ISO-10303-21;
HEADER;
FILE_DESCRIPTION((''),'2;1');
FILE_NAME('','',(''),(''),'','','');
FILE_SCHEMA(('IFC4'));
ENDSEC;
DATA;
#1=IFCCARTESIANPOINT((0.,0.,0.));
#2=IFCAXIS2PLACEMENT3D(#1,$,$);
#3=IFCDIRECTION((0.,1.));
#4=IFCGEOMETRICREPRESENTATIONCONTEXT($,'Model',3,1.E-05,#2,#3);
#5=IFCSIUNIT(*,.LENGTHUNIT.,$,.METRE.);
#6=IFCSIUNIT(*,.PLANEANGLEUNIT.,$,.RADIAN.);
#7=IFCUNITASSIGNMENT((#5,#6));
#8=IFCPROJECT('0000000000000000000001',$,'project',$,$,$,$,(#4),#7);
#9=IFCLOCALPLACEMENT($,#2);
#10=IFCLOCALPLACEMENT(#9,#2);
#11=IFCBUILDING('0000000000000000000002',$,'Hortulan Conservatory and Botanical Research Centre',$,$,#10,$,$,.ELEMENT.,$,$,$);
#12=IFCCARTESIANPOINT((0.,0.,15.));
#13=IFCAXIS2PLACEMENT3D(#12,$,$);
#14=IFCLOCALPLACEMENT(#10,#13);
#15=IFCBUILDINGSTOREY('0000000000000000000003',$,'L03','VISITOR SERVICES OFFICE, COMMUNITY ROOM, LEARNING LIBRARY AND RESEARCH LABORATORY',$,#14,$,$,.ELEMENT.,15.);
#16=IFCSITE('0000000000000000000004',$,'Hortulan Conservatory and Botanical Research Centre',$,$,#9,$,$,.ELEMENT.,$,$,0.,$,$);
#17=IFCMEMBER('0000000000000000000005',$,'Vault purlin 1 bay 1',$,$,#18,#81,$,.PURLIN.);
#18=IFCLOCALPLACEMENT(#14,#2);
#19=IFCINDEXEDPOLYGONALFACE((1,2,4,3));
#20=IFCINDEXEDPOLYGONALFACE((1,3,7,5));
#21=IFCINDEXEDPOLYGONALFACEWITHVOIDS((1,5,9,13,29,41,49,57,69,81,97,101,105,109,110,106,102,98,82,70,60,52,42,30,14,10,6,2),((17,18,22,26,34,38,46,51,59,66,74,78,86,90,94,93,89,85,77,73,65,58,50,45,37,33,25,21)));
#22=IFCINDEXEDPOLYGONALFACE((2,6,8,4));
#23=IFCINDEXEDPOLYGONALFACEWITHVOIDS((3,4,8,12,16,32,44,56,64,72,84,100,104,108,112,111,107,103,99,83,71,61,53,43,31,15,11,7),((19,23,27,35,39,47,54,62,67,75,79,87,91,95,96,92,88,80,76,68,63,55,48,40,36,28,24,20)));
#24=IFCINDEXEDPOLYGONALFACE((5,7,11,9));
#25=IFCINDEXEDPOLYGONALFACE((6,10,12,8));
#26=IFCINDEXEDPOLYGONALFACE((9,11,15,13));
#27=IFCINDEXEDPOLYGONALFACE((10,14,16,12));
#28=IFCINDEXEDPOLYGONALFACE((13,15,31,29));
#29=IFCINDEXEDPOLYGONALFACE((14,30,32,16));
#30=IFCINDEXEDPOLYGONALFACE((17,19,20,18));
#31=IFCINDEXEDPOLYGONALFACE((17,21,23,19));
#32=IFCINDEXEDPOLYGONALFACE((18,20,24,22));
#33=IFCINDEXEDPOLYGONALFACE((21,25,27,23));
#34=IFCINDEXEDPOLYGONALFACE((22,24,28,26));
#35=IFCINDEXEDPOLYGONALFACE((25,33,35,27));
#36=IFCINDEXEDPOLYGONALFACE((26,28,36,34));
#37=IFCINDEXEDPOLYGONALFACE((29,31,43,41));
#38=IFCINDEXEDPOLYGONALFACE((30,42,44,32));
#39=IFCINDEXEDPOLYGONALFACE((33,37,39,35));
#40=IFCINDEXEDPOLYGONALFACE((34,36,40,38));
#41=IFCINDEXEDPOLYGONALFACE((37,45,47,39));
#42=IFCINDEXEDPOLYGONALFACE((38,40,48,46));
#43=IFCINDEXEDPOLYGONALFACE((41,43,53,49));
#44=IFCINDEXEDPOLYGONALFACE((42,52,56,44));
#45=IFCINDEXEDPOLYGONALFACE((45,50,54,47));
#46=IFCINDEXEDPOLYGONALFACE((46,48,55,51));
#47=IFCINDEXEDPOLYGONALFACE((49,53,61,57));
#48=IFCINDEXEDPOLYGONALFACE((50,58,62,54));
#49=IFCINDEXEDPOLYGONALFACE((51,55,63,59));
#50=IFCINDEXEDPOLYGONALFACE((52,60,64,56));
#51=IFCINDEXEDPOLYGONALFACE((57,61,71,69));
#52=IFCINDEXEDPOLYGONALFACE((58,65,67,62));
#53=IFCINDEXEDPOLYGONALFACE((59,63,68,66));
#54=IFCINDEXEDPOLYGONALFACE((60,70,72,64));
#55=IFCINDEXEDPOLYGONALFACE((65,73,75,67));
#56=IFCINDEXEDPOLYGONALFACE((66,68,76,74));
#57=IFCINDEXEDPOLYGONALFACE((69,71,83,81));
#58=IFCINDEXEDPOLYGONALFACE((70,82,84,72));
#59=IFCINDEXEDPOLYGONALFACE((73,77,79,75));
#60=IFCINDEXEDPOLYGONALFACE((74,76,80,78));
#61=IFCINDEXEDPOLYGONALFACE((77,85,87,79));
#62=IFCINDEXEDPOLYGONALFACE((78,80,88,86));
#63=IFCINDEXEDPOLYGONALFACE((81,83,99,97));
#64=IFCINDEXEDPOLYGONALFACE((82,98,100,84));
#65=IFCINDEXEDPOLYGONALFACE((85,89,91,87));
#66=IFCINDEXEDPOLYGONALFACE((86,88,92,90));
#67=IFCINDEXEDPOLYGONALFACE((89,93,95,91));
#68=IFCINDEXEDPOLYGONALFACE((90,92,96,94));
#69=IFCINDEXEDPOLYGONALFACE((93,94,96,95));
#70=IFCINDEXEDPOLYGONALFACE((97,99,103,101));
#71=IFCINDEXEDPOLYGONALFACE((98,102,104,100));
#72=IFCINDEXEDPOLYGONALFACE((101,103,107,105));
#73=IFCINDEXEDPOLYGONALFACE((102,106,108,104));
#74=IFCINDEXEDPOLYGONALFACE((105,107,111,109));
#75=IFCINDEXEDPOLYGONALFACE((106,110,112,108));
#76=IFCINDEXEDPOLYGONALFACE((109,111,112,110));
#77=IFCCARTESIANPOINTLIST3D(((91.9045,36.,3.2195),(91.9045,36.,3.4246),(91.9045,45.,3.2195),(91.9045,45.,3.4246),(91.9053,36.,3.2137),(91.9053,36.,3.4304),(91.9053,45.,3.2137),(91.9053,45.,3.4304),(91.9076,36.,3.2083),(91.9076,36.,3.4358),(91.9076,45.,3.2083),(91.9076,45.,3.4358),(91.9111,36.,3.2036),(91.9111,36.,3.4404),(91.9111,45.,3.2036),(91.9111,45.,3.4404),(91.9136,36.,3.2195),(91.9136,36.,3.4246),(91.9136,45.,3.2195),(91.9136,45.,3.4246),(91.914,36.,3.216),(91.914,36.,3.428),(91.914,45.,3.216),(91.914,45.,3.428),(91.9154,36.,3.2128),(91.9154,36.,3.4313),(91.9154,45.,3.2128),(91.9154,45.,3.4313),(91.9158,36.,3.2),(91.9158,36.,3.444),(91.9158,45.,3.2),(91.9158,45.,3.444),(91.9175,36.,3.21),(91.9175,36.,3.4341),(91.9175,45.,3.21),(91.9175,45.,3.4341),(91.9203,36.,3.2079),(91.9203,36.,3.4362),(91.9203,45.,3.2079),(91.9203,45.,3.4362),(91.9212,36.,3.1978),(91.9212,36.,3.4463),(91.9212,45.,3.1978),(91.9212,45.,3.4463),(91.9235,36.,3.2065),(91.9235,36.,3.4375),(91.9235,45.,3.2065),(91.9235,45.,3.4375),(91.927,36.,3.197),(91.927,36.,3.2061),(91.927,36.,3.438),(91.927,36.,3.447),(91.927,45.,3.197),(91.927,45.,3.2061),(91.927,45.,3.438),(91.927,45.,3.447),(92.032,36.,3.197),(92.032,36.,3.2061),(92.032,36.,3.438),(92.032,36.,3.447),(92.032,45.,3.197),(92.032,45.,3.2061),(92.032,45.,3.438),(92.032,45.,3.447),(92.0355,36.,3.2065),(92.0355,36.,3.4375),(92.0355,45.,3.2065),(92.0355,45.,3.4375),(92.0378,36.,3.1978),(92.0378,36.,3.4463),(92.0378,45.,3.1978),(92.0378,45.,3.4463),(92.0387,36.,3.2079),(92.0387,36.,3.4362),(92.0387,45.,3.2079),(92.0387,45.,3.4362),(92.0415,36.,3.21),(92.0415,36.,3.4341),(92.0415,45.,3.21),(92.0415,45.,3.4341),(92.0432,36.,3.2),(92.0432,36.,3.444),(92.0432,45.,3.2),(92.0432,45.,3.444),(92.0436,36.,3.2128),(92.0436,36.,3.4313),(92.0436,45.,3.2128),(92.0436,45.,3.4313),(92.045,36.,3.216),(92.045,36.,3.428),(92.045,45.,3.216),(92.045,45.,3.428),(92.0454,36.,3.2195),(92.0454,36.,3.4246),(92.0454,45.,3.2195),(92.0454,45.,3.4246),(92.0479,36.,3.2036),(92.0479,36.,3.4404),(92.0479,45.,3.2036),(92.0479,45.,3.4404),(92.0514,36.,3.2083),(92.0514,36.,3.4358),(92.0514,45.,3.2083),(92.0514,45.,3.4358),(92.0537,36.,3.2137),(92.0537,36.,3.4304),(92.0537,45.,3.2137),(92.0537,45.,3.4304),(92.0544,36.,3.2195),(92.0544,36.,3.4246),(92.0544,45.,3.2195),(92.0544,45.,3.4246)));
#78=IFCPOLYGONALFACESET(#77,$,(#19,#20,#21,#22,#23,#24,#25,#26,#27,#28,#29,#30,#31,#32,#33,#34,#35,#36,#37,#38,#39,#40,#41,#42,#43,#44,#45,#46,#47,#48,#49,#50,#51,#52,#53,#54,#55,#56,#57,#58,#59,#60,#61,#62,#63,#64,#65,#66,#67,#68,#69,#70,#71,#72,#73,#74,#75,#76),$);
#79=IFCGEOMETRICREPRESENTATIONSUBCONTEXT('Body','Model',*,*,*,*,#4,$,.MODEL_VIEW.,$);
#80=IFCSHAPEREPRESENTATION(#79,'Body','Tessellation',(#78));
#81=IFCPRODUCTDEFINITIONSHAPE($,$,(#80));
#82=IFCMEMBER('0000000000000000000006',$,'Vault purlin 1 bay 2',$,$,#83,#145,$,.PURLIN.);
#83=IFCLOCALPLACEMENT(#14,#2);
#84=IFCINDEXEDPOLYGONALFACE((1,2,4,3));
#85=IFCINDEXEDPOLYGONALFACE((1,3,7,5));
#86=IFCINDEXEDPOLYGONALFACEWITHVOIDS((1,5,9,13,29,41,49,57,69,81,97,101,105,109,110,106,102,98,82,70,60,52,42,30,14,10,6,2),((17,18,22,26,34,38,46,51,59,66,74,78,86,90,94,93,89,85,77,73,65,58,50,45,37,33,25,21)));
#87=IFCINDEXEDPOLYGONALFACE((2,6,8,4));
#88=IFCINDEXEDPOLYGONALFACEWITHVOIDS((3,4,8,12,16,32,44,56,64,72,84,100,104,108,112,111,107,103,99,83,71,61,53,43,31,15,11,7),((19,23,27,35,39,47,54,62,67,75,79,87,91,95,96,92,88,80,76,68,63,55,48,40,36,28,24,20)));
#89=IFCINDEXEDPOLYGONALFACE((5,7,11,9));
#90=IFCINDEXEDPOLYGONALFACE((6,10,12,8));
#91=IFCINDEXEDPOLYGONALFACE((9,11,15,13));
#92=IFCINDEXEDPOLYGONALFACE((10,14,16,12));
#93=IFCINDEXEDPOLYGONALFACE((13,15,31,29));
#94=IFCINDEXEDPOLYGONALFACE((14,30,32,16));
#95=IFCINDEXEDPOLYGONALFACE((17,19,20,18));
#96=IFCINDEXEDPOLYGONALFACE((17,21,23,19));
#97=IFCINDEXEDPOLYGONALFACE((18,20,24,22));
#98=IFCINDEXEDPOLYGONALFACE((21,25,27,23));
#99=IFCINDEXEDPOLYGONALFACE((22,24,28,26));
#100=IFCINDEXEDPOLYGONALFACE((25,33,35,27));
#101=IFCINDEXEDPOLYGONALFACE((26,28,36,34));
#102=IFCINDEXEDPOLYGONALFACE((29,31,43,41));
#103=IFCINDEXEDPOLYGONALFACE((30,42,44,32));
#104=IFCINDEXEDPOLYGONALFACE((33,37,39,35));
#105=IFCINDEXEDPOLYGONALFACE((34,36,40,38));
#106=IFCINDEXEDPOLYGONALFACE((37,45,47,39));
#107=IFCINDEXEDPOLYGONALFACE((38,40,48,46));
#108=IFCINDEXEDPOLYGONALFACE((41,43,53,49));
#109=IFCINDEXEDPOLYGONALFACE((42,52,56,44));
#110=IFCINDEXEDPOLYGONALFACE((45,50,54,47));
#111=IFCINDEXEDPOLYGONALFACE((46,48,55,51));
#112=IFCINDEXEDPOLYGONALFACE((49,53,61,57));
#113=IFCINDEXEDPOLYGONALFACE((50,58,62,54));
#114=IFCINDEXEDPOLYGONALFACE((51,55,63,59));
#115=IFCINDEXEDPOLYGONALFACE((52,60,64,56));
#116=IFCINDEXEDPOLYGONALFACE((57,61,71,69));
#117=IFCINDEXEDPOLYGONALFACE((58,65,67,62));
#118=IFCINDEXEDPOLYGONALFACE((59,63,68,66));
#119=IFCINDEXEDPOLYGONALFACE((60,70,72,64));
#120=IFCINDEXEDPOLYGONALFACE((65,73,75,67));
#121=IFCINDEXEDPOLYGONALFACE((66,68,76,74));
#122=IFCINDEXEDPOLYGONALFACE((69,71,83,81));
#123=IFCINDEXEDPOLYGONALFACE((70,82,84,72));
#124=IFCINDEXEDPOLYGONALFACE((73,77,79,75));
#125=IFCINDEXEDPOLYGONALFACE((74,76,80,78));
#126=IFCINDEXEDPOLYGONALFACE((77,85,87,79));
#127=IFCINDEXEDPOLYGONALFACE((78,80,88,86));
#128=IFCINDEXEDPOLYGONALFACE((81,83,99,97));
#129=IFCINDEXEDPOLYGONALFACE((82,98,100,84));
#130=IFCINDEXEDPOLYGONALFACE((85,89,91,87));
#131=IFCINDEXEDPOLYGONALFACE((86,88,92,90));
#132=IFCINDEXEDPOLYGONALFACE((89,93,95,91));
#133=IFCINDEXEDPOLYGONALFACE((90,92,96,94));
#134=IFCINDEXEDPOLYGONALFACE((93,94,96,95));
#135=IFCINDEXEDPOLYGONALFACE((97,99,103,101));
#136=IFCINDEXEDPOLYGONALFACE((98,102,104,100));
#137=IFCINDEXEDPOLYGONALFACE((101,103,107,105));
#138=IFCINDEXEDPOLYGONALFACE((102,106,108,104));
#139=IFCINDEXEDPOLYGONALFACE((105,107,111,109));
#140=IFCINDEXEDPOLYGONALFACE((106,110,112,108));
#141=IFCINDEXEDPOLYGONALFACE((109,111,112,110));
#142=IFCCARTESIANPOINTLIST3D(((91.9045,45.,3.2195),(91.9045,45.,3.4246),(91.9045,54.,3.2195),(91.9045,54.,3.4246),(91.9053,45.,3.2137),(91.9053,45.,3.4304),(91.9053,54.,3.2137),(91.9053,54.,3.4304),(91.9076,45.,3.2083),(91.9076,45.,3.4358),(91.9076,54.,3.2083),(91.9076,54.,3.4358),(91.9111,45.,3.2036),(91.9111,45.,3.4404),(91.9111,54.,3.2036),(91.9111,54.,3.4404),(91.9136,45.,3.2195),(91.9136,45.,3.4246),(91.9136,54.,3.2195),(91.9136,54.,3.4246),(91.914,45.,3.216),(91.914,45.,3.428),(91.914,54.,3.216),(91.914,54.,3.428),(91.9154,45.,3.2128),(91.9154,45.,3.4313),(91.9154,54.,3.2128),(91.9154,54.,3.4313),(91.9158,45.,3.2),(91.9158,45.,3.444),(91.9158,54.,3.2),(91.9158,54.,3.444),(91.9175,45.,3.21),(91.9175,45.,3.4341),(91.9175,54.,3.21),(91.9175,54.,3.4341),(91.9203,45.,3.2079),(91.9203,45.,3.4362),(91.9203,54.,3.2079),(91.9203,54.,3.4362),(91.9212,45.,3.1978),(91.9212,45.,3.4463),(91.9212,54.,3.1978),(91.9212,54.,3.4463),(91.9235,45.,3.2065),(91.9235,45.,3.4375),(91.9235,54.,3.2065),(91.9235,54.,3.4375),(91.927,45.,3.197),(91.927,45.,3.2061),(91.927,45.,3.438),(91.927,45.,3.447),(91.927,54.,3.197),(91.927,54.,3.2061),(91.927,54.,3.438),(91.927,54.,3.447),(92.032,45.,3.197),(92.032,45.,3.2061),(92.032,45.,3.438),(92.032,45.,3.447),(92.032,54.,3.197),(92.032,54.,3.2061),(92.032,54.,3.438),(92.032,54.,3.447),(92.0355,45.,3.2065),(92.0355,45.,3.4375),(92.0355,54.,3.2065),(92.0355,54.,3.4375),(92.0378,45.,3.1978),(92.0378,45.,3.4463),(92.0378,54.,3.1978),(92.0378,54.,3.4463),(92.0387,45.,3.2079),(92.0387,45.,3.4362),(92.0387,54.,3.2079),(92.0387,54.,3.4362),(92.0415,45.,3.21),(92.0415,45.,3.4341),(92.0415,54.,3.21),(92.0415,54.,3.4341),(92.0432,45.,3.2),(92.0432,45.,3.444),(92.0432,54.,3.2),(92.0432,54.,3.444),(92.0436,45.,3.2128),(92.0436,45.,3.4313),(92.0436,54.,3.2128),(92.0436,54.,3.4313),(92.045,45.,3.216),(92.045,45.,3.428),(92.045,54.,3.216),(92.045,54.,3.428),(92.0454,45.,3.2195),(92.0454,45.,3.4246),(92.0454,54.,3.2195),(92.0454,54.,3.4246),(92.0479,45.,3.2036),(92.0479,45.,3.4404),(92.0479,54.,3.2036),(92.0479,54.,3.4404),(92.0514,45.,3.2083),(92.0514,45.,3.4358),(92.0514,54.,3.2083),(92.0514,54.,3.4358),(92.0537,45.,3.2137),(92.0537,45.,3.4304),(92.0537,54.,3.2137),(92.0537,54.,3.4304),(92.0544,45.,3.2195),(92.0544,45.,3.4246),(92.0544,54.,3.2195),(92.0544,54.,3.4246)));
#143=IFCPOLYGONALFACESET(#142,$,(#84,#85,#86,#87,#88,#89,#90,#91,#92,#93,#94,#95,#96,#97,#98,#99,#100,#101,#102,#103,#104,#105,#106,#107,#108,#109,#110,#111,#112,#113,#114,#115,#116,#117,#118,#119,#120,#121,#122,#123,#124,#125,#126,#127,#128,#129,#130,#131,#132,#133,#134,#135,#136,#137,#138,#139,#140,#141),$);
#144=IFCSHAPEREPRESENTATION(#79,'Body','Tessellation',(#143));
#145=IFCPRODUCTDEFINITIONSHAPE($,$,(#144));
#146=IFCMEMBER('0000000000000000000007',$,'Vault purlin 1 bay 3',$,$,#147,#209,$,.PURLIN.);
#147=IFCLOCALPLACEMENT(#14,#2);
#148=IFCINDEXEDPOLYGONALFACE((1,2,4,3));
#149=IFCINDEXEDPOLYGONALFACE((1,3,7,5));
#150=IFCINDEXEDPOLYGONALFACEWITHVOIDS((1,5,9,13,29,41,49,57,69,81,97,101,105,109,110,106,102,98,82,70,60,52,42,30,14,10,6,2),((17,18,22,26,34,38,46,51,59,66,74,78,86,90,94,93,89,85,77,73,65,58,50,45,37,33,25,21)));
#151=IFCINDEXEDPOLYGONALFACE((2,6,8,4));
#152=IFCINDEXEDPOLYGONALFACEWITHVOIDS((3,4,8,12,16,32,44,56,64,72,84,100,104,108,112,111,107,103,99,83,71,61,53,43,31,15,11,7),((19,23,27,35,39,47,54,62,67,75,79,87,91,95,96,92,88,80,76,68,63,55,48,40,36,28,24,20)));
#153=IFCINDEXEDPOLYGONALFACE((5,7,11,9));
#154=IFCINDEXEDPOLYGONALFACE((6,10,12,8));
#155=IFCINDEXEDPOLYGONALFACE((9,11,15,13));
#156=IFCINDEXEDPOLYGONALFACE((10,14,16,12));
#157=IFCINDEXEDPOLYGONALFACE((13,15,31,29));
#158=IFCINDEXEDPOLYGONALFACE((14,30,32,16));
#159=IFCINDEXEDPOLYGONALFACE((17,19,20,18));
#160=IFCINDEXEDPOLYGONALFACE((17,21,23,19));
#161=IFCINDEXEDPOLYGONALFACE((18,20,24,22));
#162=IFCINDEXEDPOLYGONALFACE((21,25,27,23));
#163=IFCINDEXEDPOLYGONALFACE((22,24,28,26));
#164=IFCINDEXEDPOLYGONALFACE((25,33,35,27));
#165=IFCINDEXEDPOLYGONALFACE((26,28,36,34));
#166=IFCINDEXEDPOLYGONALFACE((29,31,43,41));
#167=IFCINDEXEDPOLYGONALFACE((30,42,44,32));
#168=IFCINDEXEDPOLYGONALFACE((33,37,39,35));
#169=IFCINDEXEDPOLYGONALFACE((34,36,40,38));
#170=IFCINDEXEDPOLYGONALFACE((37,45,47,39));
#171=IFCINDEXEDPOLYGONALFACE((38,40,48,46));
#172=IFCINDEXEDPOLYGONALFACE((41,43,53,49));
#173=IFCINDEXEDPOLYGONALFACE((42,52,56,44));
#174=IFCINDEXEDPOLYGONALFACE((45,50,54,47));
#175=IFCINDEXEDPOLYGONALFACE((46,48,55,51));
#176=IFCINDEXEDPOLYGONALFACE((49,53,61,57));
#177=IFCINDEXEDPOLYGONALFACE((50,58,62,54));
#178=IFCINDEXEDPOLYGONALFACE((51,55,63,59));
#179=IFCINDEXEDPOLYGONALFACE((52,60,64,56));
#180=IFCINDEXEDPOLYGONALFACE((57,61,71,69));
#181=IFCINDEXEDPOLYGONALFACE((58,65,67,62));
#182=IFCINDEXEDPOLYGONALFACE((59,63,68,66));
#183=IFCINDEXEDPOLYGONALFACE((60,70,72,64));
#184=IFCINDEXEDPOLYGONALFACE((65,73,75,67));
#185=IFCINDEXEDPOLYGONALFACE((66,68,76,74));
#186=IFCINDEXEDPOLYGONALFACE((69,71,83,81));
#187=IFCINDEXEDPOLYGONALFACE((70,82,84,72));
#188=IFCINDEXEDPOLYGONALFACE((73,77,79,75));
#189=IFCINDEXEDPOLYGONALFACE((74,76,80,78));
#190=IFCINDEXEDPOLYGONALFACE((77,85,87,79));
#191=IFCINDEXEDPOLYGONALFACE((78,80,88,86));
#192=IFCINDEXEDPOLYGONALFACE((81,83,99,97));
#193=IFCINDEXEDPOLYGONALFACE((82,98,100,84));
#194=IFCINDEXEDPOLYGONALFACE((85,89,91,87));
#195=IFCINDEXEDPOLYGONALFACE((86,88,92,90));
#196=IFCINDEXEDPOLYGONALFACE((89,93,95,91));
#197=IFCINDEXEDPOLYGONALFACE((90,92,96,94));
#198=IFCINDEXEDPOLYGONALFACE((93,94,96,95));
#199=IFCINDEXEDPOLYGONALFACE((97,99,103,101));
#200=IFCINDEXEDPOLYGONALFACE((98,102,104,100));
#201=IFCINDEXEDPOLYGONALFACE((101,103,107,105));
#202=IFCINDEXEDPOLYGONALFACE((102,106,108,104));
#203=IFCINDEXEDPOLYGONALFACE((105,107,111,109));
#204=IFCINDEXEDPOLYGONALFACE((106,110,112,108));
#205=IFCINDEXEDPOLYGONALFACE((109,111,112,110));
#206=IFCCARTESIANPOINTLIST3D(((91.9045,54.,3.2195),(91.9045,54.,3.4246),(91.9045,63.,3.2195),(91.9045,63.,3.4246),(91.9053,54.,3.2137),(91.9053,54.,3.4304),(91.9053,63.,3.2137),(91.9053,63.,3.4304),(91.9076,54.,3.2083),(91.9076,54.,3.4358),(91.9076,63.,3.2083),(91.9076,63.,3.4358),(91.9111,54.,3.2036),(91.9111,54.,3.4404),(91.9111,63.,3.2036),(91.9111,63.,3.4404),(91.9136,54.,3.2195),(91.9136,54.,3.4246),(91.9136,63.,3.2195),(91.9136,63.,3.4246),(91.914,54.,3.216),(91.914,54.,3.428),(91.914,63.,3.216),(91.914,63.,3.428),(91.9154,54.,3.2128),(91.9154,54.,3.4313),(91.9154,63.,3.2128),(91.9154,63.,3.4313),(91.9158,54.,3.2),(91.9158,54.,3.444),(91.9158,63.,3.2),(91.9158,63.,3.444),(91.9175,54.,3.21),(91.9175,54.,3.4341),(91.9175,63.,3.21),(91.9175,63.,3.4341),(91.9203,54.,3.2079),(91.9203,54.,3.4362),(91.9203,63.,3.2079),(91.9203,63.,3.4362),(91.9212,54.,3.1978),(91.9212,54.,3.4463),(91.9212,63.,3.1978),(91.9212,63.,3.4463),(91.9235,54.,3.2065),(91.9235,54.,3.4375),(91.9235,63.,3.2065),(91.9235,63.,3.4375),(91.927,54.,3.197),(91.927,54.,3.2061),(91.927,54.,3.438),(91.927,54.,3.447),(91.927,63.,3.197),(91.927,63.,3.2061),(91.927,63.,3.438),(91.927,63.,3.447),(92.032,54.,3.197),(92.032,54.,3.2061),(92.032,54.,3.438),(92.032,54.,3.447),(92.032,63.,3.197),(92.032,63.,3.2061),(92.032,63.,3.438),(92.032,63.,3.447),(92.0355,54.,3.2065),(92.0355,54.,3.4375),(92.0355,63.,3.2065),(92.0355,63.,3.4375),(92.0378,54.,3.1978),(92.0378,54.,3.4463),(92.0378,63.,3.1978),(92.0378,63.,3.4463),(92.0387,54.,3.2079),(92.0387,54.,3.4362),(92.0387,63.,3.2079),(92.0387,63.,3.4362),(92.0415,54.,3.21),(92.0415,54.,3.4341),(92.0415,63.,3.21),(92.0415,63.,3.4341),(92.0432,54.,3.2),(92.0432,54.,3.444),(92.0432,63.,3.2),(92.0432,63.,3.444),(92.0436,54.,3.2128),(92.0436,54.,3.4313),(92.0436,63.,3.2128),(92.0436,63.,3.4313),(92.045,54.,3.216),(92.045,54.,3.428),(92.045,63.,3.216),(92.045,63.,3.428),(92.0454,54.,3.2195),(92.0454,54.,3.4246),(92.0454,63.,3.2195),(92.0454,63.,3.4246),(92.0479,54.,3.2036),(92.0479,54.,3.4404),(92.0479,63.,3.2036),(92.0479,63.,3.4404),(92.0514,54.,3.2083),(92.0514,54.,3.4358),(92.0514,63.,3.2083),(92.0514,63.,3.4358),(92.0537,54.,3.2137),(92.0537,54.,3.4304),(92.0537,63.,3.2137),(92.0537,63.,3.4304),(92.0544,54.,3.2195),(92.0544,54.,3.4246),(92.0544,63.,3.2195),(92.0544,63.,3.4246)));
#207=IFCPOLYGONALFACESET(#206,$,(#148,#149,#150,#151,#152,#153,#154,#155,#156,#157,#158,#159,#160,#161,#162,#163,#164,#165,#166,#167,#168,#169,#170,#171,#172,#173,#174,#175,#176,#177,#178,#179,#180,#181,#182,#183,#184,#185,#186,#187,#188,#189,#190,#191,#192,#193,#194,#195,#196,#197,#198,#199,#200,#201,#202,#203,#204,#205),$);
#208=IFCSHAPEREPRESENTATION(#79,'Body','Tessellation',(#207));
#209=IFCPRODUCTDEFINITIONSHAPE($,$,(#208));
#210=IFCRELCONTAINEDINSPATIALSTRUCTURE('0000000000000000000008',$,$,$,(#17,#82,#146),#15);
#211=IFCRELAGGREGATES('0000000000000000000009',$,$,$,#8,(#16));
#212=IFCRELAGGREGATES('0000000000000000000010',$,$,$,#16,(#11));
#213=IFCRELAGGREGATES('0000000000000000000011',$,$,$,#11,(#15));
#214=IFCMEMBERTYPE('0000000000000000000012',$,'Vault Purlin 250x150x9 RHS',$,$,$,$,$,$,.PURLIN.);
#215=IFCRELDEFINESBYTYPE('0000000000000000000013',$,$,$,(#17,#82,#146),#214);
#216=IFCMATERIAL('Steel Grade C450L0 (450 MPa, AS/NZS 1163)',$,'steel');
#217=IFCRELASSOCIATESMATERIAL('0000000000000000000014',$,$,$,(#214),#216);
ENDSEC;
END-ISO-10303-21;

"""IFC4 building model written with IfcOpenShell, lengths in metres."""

from ifc_helpers import new_model, si_unit, direction, frame, origin, origin_2d, place, context, subcontext, project, spatial, hollow_rectangle, extrude, material, material_profile, profile_set, type_object, element, save


model = new_model("IFC4")

# Units and contexts
model_context = context("Model", 3, precision=1e-05, world=origin(), true_north=direction((0.0, 1.0)))
body_context = subcontext(model_context, "Body", "Model", "MODEL_VIEW")
ifc_project = project(units=[si_unit("LENGTHUNIT", "METRE"), si_unit("PLANEANGLEUNIT", "RADIAN")], contexts=[model_context])

# Site, building, storey
site_placement = place(None, origin())
site = spatial("IfcSite", under=ifc_project, at=site_placement, Name="Hortulan Conservatory and Botanical Research Centre", CompositionType="ELEMENT", RefElevation=0.0)
building_placement = place(site_placement, origin())
building = spatial("IfcBuilding", under=site, at=building_placement, Name="Hortulan Conservatory and Botanical Research Centre", CompositionType="ELEMENT")
storey_placement = place(building_placement, frame((0.0, 0.0, 15.0)))
storey = spatial("IfcBuildingStorey", under=building, at=storey_placement, Name="L03", Description="VISITOR SERVICES OFFICE, COMMUNITY ROOM, LEARNING LIBRARY AND RESEARCH LABORATORY", CompositionType="ELEMENT", Elevation=15.0)

# Members
ifc_material_1 = material(Name="Steel Grade C450L0 (450 MPa, AS/NZS 1163)", Category="steel")
ifc_material_profile_1 = material_profile(ifc_material_1, hollow_rectangle(XDim=0.1499, YDim=0.25, WallThickness=0.009, InnerFilletRadius=0.0134, OuterFilletRadius=0.0225, at=origin_2d()), Name="250x150x9RHS")
ifc_profile_set_1 = profile_set([ifc_material_profile_1], Name="Steel Grade C450L0 (450 MPa, AS/NZS 1163)")
member_type_1 = type_object("IfcMemberType", Name="Vault Purlin 250x150x9 RHS", PredefinedType="PURLIN", material=ifc_profile_set_1)
for number, where, z_axis, x_axis, name in (
    (1, (91.9795, 36.0, 3.322), (0.0, 1.0, 0.0), (-1.0, 0.0, 0.0), "Vault purlin 1 bay 1"),
    (2, (91.9795, 45.0, 3.322), (0.0, 1.0, 0.0), (-1.0, 0.0, 0.0), "Vault purlin 1 bay 2"),
    (3, (91.9795, 54.0, 3.322), (0.0, 1.0, 0.0), (-1.0, 0.0, 0.0), "Vault purlin 1 bay 3"),
):
    element("IfcMember", number, at=place(storey_placement, frame(where, z_axis=z_axis, x_axis=x_axis)), inside=storey, type_object=member_type_1, Name=name, PredefinedType="PURLIN", context=body_context, shape_type="SweptSolid", body=[
        extrude(hollow_rectangle(XDim=0.1499, YDim=0.25, WallThickness=0.009, InnerFilletRadius=0.0134, OuterFilletRadius=0.0225, at=origin_2d()), origin(), (0.0, 0.0, 1.0), 9.0),
    ])

save(model, "model.ifc")
